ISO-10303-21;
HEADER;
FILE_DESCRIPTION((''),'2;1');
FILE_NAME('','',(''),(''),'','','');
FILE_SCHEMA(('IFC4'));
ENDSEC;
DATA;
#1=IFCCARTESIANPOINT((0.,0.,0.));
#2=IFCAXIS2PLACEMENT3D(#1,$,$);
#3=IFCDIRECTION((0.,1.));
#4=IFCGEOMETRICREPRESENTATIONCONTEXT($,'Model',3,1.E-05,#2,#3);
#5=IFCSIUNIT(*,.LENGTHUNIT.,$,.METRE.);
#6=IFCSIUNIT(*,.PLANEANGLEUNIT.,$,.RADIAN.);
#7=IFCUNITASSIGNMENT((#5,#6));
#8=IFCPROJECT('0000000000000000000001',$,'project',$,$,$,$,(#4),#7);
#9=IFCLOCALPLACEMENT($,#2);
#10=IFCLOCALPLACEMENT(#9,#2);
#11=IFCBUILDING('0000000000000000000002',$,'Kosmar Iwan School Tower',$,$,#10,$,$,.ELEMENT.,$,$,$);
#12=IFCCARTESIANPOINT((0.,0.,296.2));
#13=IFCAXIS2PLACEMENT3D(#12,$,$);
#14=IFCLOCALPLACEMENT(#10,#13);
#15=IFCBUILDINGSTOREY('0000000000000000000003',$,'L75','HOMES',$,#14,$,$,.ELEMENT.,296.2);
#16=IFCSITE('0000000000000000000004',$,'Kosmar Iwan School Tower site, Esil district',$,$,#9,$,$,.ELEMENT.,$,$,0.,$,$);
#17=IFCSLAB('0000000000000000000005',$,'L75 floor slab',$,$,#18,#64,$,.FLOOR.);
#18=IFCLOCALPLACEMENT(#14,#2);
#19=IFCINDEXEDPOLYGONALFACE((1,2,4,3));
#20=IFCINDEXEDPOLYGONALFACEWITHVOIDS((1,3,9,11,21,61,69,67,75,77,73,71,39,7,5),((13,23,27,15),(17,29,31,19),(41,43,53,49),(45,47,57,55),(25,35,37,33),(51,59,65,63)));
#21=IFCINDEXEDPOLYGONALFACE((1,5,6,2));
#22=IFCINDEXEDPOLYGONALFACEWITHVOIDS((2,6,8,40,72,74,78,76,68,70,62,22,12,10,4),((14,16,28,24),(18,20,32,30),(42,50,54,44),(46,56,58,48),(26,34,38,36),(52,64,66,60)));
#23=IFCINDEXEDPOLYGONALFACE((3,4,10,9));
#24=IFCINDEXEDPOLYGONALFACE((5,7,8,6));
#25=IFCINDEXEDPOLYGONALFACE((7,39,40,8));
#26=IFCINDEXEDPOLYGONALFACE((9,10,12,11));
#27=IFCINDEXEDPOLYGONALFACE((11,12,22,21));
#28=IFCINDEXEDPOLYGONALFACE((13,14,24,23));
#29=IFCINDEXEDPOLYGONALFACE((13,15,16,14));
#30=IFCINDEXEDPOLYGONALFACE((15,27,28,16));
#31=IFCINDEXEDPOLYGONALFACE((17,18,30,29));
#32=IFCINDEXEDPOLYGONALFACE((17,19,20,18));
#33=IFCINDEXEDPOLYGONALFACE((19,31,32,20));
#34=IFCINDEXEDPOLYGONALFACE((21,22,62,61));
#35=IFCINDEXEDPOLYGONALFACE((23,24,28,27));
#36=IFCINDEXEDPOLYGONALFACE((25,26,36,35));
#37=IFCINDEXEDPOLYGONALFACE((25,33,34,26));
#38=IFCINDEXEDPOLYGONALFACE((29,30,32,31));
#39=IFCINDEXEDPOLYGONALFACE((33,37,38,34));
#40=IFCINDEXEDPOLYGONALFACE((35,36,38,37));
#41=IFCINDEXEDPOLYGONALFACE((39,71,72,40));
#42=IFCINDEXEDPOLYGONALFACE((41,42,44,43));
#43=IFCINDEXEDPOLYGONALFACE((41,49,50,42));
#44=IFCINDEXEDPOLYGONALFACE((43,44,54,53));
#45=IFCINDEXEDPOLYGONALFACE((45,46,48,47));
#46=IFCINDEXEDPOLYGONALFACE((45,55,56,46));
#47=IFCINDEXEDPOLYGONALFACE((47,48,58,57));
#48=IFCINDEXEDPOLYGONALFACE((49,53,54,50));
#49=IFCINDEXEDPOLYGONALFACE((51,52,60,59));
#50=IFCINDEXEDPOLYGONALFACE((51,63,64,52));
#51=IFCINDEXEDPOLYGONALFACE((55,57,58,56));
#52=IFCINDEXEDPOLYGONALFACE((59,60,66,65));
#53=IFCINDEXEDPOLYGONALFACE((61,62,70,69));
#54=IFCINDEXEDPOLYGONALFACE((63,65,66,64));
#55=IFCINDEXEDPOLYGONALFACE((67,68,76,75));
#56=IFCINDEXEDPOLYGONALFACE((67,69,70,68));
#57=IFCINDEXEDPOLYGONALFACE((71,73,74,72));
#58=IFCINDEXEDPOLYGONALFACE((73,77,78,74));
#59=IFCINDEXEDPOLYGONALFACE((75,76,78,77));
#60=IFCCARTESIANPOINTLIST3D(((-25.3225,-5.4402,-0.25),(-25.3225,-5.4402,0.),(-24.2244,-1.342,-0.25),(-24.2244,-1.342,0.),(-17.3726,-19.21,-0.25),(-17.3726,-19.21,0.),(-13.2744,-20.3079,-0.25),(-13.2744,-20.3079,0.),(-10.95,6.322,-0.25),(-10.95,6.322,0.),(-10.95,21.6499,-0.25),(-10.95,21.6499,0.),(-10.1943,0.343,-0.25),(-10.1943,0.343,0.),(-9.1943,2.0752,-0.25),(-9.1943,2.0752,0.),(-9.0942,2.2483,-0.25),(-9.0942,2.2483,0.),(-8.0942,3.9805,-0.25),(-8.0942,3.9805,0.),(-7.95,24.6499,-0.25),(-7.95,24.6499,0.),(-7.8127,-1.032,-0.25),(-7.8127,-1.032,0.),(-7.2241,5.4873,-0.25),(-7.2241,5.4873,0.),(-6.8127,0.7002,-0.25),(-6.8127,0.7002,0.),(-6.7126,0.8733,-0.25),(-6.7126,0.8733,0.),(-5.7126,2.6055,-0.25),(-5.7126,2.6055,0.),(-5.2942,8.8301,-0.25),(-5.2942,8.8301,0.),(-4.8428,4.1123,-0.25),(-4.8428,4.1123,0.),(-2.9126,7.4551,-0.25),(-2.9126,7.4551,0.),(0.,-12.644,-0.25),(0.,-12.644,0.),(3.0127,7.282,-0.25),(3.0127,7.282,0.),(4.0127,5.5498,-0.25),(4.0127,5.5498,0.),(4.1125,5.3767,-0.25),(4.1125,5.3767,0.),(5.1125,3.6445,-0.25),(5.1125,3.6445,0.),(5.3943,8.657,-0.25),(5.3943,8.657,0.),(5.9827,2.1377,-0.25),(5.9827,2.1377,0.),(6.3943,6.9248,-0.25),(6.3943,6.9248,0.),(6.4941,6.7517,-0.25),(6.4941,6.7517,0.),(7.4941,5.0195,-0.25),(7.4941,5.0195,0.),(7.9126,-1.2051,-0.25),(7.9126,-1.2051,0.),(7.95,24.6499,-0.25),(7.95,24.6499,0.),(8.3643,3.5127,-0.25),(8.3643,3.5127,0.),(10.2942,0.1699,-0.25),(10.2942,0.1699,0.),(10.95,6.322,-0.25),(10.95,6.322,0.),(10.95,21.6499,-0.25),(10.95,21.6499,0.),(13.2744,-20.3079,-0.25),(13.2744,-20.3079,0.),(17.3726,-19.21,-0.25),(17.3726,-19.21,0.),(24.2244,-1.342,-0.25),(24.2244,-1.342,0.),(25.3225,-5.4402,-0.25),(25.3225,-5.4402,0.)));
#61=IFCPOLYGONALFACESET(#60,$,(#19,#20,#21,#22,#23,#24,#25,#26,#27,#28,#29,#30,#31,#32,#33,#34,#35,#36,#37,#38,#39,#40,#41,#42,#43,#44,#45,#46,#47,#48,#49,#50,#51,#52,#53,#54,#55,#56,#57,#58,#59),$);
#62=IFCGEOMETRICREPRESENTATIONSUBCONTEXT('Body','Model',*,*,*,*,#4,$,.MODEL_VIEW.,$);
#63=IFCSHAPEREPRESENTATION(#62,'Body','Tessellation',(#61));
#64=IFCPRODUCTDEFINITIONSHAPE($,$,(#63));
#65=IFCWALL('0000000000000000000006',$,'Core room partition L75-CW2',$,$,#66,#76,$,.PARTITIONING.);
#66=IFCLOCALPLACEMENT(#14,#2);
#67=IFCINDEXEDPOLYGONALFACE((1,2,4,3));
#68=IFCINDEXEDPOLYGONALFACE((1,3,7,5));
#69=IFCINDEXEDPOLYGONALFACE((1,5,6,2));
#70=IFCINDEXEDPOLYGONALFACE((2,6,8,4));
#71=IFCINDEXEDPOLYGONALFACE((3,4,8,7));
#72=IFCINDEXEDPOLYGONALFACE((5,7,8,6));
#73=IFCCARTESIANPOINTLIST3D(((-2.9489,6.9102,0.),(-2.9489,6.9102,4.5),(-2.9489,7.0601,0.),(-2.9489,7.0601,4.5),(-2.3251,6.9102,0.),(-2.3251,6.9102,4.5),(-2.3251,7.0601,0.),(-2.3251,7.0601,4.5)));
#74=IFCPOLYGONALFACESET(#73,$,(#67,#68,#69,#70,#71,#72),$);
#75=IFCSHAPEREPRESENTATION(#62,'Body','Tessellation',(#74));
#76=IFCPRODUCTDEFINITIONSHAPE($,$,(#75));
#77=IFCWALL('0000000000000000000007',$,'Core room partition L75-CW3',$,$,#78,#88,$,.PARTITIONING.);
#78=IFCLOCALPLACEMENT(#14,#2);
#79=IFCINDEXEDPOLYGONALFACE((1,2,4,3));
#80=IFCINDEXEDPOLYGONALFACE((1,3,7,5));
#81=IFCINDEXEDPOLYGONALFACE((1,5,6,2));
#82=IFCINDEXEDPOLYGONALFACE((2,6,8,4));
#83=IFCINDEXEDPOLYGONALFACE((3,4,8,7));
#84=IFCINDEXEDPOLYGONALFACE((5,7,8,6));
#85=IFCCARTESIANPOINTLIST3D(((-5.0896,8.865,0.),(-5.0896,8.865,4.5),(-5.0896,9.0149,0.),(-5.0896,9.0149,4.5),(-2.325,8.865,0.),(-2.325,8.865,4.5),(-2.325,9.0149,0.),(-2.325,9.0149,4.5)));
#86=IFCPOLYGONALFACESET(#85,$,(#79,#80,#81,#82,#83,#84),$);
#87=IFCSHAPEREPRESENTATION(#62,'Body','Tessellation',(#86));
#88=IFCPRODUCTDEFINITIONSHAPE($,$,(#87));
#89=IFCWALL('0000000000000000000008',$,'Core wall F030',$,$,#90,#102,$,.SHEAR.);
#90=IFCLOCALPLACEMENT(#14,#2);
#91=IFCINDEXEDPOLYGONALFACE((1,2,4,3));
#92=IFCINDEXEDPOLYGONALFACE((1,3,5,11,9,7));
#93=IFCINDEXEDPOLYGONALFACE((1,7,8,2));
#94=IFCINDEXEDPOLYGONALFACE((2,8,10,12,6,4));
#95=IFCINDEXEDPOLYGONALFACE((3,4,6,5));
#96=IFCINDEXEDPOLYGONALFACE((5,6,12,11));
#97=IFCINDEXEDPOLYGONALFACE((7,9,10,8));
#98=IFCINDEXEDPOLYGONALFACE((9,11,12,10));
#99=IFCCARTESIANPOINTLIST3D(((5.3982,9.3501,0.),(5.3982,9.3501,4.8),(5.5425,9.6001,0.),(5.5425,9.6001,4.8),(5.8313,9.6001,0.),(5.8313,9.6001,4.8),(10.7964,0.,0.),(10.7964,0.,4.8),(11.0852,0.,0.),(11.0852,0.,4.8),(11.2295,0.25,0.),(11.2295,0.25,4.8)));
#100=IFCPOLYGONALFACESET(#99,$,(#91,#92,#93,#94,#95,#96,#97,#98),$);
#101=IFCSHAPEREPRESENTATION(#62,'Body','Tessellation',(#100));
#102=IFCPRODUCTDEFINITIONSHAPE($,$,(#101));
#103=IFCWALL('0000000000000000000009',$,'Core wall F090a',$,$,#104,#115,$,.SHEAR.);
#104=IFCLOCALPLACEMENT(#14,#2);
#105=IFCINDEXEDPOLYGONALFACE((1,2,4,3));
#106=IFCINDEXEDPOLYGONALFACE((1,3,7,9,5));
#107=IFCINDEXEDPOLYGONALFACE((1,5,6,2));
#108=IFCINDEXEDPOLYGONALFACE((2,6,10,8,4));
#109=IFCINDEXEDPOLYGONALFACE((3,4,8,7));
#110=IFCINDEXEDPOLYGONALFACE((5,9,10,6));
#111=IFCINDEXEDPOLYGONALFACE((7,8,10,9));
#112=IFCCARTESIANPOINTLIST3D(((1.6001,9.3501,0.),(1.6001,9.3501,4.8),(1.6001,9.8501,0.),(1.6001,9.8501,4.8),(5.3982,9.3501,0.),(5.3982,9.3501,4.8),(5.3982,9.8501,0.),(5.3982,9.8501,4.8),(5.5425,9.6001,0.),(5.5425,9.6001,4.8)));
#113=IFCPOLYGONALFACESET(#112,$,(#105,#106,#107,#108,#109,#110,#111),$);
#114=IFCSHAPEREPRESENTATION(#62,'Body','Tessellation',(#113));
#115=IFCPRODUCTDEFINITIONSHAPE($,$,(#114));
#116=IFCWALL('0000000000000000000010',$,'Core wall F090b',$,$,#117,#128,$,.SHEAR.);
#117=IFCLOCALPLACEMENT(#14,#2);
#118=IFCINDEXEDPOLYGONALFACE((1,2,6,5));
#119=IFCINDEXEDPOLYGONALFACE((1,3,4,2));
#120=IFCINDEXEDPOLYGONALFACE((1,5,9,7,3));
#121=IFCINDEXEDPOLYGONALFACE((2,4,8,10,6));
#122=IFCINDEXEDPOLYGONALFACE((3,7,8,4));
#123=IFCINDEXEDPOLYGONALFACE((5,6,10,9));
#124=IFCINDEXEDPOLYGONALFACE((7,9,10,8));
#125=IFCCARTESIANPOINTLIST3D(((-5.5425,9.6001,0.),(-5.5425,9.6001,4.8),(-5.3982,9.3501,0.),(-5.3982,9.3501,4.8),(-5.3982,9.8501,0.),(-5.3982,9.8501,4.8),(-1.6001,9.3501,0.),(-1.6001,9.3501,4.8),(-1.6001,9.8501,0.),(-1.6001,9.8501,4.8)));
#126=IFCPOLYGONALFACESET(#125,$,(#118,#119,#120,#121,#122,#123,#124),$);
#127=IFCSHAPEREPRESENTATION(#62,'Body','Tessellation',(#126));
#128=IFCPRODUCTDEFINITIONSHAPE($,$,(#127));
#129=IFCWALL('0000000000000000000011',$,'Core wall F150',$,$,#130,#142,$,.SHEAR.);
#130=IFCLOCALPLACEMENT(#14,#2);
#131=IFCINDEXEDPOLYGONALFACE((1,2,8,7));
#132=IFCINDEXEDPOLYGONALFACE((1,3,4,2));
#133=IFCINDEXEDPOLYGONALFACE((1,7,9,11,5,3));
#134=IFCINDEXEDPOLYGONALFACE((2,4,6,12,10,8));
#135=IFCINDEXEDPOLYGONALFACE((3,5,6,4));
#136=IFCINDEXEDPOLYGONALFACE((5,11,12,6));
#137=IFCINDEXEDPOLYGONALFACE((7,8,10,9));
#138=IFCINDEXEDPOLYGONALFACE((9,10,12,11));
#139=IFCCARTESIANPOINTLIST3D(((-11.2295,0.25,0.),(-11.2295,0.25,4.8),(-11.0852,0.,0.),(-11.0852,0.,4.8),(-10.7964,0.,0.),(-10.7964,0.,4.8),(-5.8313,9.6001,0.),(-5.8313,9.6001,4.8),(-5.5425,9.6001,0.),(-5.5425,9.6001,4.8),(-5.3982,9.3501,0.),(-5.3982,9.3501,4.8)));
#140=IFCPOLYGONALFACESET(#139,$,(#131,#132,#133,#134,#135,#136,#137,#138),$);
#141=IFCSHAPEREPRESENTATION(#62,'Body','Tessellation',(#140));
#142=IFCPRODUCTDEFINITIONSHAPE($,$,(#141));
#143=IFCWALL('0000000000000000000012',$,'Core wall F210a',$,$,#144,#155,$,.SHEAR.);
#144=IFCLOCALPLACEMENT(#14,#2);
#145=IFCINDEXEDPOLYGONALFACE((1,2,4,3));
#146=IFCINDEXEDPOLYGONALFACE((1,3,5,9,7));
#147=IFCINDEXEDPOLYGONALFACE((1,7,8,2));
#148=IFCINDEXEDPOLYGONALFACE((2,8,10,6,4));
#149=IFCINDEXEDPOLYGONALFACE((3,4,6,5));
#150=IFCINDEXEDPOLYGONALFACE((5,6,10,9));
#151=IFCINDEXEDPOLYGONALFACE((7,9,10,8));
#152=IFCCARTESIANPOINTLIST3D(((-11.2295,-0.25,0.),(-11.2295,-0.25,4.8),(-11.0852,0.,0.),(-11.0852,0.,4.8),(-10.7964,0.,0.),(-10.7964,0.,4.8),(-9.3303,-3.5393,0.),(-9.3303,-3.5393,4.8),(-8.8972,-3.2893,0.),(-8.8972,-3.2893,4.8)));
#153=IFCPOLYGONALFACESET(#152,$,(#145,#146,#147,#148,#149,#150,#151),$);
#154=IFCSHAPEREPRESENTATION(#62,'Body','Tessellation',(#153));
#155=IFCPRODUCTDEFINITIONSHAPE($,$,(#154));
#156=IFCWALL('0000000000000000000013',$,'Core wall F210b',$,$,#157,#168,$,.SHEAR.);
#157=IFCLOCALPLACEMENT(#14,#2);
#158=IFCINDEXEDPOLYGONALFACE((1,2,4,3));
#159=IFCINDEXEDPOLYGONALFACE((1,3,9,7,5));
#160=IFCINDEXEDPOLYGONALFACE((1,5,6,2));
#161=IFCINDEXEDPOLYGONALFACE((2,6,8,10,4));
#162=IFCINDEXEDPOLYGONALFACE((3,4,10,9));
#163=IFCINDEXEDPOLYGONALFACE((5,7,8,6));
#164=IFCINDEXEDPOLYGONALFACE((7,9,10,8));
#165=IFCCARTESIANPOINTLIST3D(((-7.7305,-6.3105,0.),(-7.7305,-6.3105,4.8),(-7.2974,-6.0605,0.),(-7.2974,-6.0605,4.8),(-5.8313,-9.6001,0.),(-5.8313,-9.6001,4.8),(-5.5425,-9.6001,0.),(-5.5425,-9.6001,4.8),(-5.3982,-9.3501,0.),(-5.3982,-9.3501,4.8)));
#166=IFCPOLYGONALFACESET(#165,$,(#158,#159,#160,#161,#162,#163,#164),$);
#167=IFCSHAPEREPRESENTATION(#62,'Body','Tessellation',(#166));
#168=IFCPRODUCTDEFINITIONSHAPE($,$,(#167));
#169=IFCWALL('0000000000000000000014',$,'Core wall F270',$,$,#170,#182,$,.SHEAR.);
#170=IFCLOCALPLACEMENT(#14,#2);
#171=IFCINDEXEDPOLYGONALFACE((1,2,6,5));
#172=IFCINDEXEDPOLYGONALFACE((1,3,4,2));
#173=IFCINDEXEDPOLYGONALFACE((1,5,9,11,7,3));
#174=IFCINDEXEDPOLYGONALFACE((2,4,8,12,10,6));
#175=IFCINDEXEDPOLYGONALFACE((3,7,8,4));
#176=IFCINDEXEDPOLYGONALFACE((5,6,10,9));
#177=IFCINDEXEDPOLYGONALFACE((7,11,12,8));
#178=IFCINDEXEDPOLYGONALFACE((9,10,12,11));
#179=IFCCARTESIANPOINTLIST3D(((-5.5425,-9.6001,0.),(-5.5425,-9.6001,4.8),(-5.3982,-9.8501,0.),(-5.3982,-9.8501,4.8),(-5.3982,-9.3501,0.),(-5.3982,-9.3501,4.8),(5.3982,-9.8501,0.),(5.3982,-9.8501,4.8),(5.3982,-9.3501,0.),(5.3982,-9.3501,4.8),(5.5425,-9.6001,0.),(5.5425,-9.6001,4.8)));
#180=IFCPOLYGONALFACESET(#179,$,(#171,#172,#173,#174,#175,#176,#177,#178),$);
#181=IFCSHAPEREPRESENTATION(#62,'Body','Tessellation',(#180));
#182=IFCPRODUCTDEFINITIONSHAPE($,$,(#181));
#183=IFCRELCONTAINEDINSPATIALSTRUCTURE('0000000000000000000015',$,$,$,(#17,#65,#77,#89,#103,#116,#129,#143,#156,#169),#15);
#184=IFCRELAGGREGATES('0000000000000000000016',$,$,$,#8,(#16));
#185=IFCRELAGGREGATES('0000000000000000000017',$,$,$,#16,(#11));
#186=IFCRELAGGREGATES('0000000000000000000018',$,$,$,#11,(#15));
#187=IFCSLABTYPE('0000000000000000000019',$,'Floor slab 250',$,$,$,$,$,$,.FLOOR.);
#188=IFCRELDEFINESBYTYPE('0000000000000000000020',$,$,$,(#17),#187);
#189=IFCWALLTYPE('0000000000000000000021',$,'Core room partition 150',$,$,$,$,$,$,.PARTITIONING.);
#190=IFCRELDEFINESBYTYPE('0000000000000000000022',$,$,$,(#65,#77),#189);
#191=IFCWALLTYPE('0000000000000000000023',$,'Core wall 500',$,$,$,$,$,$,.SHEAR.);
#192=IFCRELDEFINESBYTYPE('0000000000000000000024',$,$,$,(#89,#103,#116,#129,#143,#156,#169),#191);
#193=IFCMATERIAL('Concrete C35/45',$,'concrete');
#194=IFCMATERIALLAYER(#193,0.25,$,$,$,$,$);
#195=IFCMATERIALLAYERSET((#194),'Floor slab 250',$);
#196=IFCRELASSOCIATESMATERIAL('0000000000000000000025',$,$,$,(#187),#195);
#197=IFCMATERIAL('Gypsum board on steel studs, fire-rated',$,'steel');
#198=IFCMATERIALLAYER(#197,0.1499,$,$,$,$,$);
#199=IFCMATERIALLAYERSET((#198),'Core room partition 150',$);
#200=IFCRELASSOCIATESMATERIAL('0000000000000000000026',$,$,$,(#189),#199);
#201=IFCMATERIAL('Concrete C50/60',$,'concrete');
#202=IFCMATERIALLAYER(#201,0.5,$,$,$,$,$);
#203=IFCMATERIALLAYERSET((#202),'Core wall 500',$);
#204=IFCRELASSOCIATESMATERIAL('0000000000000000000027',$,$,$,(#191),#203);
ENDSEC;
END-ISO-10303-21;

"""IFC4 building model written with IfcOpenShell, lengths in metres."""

from ifc_helpers import new_model, si_unit, direction, frame, frame_2d, origin, place, context, subcontext, project, spatial, polyline, rectangle, outline, extrude, material, layer, layer_set, type_object, element, save


model = new_model("IFC4")

# Units and contexts
model_context = context("Model", 3, precision=1e-05, world=origin(), true_north=direction((0.0, 1.0)))
body_context = subcontext(model_context, "Body", "Model", "MODEL_VIEW")
ifc_project = project(units=[si_unit("LENGTHUNIT", "METRE"), si_unit("PLANEANGLEUNIT", "RADIAN")], contexts=[model_context])

# Site, building, storey
site_placement = place(None, origin())
site = spatial("IfcSite", under=ifc_project, at=site_placement, Name="Kosmar Iwan School Tower site, Esil district", CompositionType="ELEMENT", RefElevation=0.0)
building_placement = place(site_placement, origin())
building = spatial("IfcBuilding", under=site, at=building_placement, Name="Kosmar Iwan School Tower", CompositionType="ELEMENT")
storey_placement = place(building_placement, frame((0.0, 0.0, 296.2)))
storey = spatial("IfcBuildingStorey", under=building, at=storey_placement, Name="L75", Description="HOMES", CompositionType="ELEMENT", Elevation=296.2)

# Slab
ifc_material_1 = material(Name="Concrete C35/45", Category="concrete")
ifc_layer_1 = layer(ifc_material_1, 0.25)
ifc_layer_set_1 = layer_set([ifc_layer_1], Name="Floor slab 250")
slab_type = type_object("IfcSlabType", Name="Floor slab 250", PredefinedType="FLOOR", material=ifc_layer_set_1)
slab_placement = place(storey_placement, frame((0.0, 0.0, -0.25)))
element("IfcSlab", 1, at=slab_placement, inside=storey, type_object=slab_type, Name="L75 floor slab", PredefinedType="FLOOR", context=body_context, shape_type="SweptSolid", body=[
    extrude(outline(polyline([(-13.2744, -20.3079), (0.0, -12.644), (13.2744, -20.3079), (17.3726, -19.21), (25.3225, -5.4402), (24.2244, -1.342), (10.95, 6.322), (10.95, 21.6499), (7.95, 24.6499), (-7.95, 24.6499), (-10.95, 21.6499), (-10.95, 6.322), (-24.2244, -1.342), (-25.3225, -5.4402), (-17.3726, -19.21), (-13.2744, -20.3079)]), holes=[polyline([(7.9126, -1.2051), (10.2942, 0.1699), (8.3643, 3.5127), (5.9827, 2.1377), (7.9126, -1.2051)]), polyline([(-2.9126, 7.4551), (-5.2942, 8.8301), (-7.2241, 5.4873), (-4.8428, 4.1123), (-2.9126, 7.4551)]), polyline([(-5.7126, 2.6055), (-8.0942, 3.9805), (-9.0942, 2.2483), (-6.7126, 0.8733), (-5.7126, 2.6055)]), polyline([(-6.8127, 0.7002), (-9.1943, 2.0752), (-10.1943, 0.343), (-7.8127, -1.032), (-6.8127, 0.7002)]), polyline([(5.1125, 3.6445), (7.4941, 5.0195), (6.4941, 6.7517), (4.1125, 5.3767), (5.1125, 3.6445)]), polyline([(4.0127, 5.5498), (6.3943, 6.9248), (5.3943, 8.657), (3.0127, 7.282), (4.0127, 5.5498)])]), origin(), (0.0, 0.0, 1.0), 0.25),
])

# Walls
ifc_material_2 = material(Name="Gypsum board on steel studs, fire-rated", Category="steel")
ifc_layer_2 = layer(ifc_material_2, 0.1499)
ifc_layer_set_2 = layer_set([ifc_layer_2], Name="Core room partition 150")
wall_type_1 = type_object("IfcWallType", Name="Core room partition 150", PredefinedType="PARTITIONING", material=ifc_layer_set_2)
wall_1_placement = place(storey_placement, frame((-2.325, 6.9851, 0.0), z_axis=(0.0, 0.0, 1.0), x_axis=(-1.0, 0.0, 0.0)))
element("IfcWall", 2, at=wall_1_placement, inside=storey, type_object=wall_type_1, Name="Core room partition L75-CW2", PredefinedType="PARTITIONING", context=body_context, shape_type="SweptSolid", body=[
    extrude(rectangle(XDim=0.6238, YDim=0.1499, at=frame_2d((0.312, 0.0))), origin(), (0.0, 0.0, 1.0), 4.5),
])
wall_2_placement = place(storey_placement, frame((-5.0896, 8.9399, 0.0), z_axis=(0.0, 0.0, 1.0), x_axis=(1.0, 0.0, 0.0)))
element("IfcWall", 3, at=wall_2_placement, inside=storey, type_object=wall_type_1, Name="Core room partition L75-CW3", PredefinedType="PARTITIONING", context=body_context, shape_type="SweptSolid", body=[
    extrude(rectangle(XDim=2.7646, YDim=0.1499, at=frame_2d((1.3823, 0.0))), origin(), (0.0, 0.0, 1.0), 4.5),
])
ifc_material_3 = material(Name="Concrete C50/60", Category="concrete")
ifc_layer_3 = layer(ifc_material_3, 0.5)
ifc_layer_set_3 = layer_set([ifc_layer_3], Name="Core wall 500")
wall_type_2 = type_object("IfcWallType", Name="Core wall 500", PredefinedType="SHEAR", material=ifc_layer_set_3)
wall_3_placement = place(storey_placement, origin())
element("IfcWall", 4, at=wall_3_placement, inside=storey, type_object=wall_type_2, Name="Core wall F030", PredefinedType="SHEAR", context=body_context, shape_type="SweptSolid", body=[
    extrude(outline(polyline([(10.7964, 0.0), (11.0852, 0.0), (11.2295, 0.25), (5.8313, 9.6001), (5.5425, 9.6001), (5.3982, 9.3501), (10.7964, 0.0)])), origin(), (0.0, 0.0, 1.0), 4.8),
])
wall_4_placement = place(storey_placement, origin())
element("IfcWall", 5, at=wall_4_placement, inside=storey, type_object=wall_type_2, Name="Core wall F090a", PredefinedType="SHEAR", context=body_context, shape_type="SweptSolid", body=[
    extrude(outline(polyline([(1.6001, 9.3501), (5.3982, 9.3501), (5.5425, 9.6001), (5.3982, 9.8501), (1.6001, 9.8501), (1.6001, 9.3501)])), origin(), (0.0, 0.0, 1.0), 4.8),
])
wall_5_placement = place(storey_placement, origin())
element("IfcWall", 6, at=wall_5_placement, inside=storey, type_object=wall_type_2, Name="Core wall F090b", PredefinedType="SHEAR", context=body_context, shape_type="SweptSolid", body=[
    extrude(outline(polyline([(-5.3982, 9.3501), (-1.6001, 9.3501), (-1.6001, 9.8501), (-5.3982, 9.8501), (-5.5425, 9.6001), (-5.3982, 9.3501)])), origin(), (0.0, 0.0, 1.0), 4.8),
])
wall_6_placement = place(storey_placement, origin())
element("IfcWall", 7, at=wall_6_placement, inside=storey, type_object=wall_type_2, Name="Core wall F150", PredefinedType="SHEAR", context=body_context, shape_type="SweptSolid", body=[
    extrude(outline(polyline([(-11.0852, 0.0), (-10.7964, 0.0), (-5.3982, 9.3501), (-5.5425, 9.6001), (-5.8313, 9.6001), (-11.2295, 0.25), (-11.0852, 0.0)])), origin(), (0.0, 0.0, 1.0), 4.8),
])
wall_7_placement = place(storey_placement, origin())
element("IfcWall", 8, at=wall_7_placement, inside=storey, type_object=wall_type_2, Name="Core wall F210a", PredefinedType="SHEAR", context=body_context, shape_type="SweptSolid", body=[
    extrude(outline(polyline([(-9.3303, -3.5393), (-8.8972, -3.2893), (-10.7964, 0.0), (-11.0852, 0.0), (-11.2295, -0.25), (-9.3303, -3.5393)])), origin(), (0.0, 0.0, 1.0), 4.8),
])
wall_8_placement = place(storey_placement, origin())
element("IfcWall", 9, at=wall_8_placement, inside=storey, type_object=wall_type_2, Name="Core wall F210b", PredefinedType="SHEAR", context=body_context, shape_type="SweptSolid", body=[
    extrude(outline(polyline([(-5.8313, -9.6001), (-5.5425, -9.6001), (-5.3982, -9.3501), (-7.2974, -6.0605), (-7.7305, -6.3105), (-5.8313, -9.6001)])), origin(), (0.0, 0.0, 1.0), 4.8),
])
wall_9_placement = place(storey_placement, origin())
element("IfcWall", 10, at=wall_9_placement, inside=storey, type_object=wall_type_2, Name="Core wall F270", PredefinedType="SHEAR", context=body_context, shape_type="SweptSolid", body=[
    extrude(outline(polyline([(-5.3982, -9.8501), (5.3982, -9.8501), (5.5425, -9.6001), (5.3982, -9.3501), (-5.3982, -9.3501), (-5.5425, -9.6001), (-5.3982, -9.8501)])), origin(), (0.0, 0.0, 1.0), 4.8),
])

save(model, "model.ifc")
